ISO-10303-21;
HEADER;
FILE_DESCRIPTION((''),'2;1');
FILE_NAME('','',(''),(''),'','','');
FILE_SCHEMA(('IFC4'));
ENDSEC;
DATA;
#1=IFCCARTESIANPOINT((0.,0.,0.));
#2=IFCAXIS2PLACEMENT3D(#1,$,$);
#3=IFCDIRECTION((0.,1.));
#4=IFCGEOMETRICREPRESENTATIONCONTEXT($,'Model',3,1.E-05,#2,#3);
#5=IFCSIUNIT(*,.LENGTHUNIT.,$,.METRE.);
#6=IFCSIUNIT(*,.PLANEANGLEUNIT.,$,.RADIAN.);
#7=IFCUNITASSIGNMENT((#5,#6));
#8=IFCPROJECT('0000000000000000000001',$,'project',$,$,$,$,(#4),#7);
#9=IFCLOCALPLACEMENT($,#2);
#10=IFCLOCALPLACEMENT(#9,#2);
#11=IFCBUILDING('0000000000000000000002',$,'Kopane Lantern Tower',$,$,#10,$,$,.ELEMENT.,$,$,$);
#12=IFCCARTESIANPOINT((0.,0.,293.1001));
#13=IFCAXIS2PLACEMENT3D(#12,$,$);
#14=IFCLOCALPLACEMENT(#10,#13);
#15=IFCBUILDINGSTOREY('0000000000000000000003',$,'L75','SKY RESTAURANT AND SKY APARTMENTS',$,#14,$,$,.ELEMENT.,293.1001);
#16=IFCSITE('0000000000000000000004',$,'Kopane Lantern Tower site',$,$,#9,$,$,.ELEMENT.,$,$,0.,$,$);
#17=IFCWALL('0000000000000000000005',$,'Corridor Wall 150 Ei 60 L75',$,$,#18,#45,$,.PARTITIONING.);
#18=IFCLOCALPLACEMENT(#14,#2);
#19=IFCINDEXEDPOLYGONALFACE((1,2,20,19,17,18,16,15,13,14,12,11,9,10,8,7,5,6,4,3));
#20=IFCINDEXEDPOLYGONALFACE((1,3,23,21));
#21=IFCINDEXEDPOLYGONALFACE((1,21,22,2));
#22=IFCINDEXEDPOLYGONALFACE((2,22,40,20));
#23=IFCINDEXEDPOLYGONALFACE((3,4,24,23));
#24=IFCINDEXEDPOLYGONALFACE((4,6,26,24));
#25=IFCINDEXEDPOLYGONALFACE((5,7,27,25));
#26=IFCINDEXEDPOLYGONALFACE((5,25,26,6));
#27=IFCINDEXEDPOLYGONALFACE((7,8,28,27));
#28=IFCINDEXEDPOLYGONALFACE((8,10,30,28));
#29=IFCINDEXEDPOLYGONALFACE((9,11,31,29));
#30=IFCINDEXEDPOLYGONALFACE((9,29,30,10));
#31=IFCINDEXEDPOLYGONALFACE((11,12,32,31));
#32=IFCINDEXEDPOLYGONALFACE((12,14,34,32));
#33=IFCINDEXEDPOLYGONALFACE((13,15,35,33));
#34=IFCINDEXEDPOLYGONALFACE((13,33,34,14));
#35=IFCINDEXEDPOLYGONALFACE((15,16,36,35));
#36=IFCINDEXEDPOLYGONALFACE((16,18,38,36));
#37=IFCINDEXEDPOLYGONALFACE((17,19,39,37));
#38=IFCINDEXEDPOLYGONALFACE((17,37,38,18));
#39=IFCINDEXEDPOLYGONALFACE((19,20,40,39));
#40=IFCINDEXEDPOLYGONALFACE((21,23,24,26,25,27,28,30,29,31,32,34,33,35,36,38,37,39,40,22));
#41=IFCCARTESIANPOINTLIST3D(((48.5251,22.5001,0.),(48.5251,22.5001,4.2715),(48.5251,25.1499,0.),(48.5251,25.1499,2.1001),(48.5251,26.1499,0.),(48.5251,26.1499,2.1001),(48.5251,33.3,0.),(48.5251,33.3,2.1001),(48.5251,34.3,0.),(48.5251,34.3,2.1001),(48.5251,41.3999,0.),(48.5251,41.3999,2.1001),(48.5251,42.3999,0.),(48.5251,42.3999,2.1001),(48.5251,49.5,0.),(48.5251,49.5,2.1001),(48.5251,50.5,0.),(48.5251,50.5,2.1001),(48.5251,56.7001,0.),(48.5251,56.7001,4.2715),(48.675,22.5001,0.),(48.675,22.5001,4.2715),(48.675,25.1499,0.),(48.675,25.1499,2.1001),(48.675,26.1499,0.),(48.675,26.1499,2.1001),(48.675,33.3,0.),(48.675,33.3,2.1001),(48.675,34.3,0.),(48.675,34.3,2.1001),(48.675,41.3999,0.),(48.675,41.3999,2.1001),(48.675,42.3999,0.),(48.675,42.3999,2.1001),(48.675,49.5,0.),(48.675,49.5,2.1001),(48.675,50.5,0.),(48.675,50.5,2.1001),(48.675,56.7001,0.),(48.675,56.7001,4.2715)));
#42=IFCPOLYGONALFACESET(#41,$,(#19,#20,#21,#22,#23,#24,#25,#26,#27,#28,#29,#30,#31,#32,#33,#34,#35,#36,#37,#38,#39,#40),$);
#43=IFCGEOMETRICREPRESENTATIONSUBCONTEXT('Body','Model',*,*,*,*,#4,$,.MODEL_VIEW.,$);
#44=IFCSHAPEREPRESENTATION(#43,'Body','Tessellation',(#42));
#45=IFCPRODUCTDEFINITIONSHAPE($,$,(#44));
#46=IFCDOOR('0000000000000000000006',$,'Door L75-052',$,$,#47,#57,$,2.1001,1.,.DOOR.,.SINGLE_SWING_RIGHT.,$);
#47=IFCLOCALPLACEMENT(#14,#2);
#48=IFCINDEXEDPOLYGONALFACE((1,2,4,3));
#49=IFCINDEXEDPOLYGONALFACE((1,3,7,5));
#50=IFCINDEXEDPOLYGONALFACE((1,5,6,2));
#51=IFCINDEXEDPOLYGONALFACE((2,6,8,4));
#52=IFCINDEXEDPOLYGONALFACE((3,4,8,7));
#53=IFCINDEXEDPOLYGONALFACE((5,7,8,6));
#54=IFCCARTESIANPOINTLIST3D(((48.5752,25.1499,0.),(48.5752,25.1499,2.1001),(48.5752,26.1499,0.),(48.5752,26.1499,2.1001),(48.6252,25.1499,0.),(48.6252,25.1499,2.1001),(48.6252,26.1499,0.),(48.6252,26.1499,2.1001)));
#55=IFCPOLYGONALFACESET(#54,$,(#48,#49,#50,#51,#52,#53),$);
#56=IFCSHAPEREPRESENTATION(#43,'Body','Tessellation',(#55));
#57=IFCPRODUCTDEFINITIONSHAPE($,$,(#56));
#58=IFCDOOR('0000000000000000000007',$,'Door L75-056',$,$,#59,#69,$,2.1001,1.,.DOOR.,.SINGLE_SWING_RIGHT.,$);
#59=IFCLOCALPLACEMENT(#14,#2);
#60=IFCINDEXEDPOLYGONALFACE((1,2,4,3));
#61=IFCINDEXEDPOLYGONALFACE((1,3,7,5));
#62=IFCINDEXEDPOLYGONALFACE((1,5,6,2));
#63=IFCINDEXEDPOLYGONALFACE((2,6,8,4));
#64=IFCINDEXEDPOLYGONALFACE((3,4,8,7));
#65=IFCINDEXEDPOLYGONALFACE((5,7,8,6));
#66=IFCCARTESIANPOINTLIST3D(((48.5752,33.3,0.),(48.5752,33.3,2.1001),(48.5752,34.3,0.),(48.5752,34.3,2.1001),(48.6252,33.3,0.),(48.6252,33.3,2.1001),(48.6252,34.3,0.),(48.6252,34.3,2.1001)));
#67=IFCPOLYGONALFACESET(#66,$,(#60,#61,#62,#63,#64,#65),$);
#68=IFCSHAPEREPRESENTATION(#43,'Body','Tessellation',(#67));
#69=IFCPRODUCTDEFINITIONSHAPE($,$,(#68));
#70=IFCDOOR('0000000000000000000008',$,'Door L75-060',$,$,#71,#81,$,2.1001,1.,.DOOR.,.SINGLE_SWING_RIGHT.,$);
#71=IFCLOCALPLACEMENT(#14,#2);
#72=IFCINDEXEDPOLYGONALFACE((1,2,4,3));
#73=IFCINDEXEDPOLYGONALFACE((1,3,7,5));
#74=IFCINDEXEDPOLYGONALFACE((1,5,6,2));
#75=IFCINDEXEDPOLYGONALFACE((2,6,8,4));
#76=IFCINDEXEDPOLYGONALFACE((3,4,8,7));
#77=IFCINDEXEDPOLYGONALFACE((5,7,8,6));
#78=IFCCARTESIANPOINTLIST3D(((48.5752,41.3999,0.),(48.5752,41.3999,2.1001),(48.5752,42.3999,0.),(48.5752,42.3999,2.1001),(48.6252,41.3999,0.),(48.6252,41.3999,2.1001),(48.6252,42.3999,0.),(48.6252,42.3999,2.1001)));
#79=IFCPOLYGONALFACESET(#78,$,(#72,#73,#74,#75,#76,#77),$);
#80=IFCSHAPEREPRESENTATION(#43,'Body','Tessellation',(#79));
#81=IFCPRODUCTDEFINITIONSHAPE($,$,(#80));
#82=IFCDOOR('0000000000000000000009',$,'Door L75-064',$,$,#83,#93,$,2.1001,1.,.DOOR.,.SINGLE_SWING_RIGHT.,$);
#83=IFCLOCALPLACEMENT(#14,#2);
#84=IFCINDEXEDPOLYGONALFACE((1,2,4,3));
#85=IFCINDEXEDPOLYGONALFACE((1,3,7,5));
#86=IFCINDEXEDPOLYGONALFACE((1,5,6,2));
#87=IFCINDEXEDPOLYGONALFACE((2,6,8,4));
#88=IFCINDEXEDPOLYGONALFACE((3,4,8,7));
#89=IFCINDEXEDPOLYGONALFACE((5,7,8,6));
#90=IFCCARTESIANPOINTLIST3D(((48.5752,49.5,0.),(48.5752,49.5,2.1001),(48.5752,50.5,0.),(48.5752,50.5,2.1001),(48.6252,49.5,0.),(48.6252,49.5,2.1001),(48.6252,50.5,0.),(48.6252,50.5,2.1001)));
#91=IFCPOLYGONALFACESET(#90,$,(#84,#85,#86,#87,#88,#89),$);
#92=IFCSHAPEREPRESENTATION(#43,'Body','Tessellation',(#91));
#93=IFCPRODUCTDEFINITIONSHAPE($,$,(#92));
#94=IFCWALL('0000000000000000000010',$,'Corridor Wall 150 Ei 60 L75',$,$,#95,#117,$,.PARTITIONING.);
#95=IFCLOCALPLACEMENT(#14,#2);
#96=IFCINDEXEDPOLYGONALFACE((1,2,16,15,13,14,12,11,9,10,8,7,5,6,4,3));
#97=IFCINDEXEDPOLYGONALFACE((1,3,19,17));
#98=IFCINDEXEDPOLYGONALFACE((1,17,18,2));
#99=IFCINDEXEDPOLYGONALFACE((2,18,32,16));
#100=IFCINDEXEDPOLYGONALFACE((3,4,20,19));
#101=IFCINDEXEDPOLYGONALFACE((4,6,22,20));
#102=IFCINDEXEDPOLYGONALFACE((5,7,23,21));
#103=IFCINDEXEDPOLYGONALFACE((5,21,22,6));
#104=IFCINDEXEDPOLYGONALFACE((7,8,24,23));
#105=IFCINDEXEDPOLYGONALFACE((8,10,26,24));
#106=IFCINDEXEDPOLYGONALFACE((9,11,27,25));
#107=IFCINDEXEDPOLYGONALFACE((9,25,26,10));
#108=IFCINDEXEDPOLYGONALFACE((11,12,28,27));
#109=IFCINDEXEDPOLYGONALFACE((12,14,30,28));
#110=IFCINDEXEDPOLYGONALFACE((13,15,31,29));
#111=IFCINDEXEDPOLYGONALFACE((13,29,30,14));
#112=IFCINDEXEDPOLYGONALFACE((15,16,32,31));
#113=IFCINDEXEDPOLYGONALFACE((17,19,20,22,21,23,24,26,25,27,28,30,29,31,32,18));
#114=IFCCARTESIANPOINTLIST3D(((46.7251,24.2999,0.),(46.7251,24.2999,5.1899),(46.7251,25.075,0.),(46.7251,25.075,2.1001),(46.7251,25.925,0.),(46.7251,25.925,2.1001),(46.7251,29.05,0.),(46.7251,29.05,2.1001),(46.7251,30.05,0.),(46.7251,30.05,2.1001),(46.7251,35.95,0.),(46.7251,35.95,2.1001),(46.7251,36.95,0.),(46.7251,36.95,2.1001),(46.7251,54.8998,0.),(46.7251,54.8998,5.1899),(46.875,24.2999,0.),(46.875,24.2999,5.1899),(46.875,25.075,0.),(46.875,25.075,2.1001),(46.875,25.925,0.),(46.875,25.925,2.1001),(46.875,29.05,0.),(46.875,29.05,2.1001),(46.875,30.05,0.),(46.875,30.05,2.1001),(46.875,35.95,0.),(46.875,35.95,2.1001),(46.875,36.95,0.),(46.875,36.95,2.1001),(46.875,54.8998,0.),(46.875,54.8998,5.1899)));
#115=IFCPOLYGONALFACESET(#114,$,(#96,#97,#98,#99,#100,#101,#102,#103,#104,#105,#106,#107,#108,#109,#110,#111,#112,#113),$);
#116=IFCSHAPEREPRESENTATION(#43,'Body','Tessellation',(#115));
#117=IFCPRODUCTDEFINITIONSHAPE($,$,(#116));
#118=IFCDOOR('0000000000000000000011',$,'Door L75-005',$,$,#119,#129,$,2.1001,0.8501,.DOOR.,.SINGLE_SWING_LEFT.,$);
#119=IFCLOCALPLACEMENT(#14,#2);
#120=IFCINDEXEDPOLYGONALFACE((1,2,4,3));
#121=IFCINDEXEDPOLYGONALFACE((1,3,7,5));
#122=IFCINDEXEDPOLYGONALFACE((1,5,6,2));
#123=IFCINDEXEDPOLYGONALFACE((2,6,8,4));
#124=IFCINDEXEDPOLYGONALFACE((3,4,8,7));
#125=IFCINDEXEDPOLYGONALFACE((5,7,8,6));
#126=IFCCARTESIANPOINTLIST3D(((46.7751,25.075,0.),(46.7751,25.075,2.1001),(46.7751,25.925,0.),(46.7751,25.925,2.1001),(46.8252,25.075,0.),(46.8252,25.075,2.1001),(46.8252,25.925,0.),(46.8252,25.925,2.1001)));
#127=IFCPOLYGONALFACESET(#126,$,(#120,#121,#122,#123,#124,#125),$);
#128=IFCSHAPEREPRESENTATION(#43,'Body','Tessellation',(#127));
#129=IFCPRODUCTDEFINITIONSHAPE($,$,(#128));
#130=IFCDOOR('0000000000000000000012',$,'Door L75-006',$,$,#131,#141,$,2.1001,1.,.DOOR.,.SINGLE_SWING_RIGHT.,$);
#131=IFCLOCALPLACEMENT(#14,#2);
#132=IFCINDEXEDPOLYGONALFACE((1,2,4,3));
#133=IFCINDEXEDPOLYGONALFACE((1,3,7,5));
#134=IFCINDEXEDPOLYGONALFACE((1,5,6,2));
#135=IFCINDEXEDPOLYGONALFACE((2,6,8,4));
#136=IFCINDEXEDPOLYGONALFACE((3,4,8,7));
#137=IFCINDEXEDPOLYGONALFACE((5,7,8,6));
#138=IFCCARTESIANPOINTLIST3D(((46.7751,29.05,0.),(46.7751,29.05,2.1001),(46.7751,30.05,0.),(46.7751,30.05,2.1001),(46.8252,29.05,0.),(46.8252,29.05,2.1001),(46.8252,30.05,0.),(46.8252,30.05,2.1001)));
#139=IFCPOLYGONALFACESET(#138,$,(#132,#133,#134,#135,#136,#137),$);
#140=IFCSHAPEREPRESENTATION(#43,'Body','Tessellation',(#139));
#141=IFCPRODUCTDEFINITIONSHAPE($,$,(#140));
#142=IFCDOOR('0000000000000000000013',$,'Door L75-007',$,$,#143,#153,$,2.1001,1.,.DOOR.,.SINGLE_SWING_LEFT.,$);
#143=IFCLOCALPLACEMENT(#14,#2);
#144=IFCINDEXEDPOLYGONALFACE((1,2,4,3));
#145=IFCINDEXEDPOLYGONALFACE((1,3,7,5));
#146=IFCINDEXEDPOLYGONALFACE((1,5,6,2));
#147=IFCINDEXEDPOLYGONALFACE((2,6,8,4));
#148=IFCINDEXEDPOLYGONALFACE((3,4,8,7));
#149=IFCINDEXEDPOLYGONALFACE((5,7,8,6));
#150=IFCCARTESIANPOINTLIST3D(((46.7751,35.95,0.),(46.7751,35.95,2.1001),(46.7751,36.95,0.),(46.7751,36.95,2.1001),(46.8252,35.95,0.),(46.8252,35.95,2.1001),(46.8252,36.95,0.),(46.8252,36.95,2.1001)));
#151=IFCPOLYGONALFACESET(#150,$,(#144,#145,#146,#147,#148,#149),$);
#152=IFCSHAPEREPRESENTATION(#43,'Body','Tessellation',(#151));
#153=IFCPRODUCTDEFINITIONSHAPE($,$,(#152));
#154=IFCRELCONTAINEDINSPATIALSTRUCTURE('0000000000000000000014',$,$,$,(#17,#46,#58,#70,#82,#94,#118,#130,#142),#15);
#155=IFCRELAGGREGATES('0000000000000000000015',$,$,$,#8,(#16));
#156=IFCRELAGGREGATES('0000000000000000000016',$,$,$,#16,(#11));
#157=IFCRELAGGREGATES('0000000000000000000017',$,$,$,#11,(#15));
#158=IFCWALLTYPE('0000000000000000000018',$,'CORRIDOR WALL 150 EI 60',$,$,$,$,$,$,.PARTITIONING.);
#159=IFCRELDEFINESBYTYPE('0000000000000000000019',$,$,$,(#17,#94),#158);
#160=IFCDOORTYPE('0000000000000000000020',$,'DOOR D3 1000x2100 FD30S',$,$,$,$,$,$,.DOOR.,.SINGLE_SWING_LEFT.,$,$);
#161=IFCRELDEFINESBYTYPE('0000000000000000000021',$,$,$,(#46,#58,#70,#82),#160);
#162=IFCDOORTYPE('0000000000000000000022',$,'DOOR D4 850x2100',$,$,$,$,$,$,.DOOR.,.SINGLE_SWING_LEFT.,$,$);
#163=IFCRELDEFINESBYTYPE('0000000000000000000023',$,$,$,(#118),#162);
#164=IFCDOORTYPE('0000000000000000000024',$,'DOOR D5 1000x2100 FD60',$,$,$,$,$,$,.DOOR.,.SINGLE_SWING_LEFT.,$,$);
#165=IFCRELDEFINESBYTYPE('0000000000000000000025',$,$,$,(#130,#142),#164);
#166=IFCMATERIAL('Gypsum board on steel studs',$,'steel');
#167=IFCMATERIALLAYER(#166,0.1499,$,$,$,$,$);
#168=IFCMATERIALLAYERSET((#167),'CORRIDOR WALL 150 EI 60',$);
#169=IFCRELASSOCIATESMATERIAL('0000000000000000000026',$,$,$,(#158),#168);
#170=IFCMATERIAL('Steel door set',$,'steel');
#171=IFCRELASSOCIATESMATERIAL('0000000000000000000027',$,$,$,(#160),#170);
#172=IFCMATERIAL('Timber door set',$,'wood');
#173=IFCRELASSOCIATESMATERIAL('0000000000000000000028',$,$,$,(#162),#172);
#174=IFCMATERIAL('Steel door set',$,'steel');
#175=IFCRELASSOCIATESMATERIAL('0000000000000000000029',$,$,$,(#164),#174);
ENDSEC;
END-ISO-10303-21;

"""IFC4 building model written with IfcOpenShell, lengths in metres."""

from ifc_helpers import new_model, si_unit, direction, frame, frame_2d, origin, place, context, subcontext, project, spatial, rectangle, extrude, material, layer, layer_set, type_object, element, fill, save


model = new_model("IFC4")

# Units and contexts
model_context = context("Model", 3, precision=1e-05, world=origin(), true_north=direction((0.0, 1.0)))
body_context = subcontext(model_context, "Body", "Model", "MODEL_VIEW")
ifc_project = project(units=[si_unit("LENGTHUNIT", "METRE"), si_unit("PLANEANGLEUNIT", "RADIAN")], contexts=[model_context])

# Site, building, storey
site_placement = place(None, origin())
site = spatial("IfcSite", under=ifc_project, at=site_placement, Name="Kopane Lantern Tower site", CompositionType="ELEMENT", RefElevation=0.0)
building_placement = place(site_placement, origin())
building = spatial("IfcBuilding", under=site, at=building_placement, Name="Kopane Lantern Tower", CompositionType="ELEMENT")
storey_placement = place(building_placement, frame((0.0, 0.0, 293.1001)))
storey = spatial("IfcBuildingStorey", under=building, at=storey_placement, Name="L75", Description="SKY RESTAURANT AND SKY APARTMENTS", CompositionType="ELEMENT", Elevation=293.1001)

# Walls, openings, doors
ifc_material_1 = material(Name="Gypsum board on steel studs", Category="steel")
ifc_layer_1 = layer(ifc_material_1, 0.1499)
ifc_layer_set_1 = layer_set([ifc_layer_1], Name="CORRIDOR WALL 150 EI 60")
wall_type_1 = type_object("IfcWallType", Name="CORRIDOR WALL 150 EI 60", PredefinedType="PARTITIONING", material=ifc_layer_set_1)
wall_1_placement = place(storey_placement, frame((48.6001, 22.5, 0.0), z_axis=(0.0, 0.0, 1.0), x_axis=(0.0, 1.0, 0.0)))
wall_1 = element("IfcWall", 1, at=wall_1_placement, inside=storey, type_object=wall_type_1, Name="Corridor Wall 150 Ei 60 L75", PredefinedType="PARTITIONING", context=body_context, shape_type="SweptSolid", body=[
    extrude(rectangle(XDim=34.2, YDim=0.1499, at=frame_2d((17.1001, 0.0))), origin(), (0.0, 0.0, 1.0), 4.2715),
])
opening_1_placement = place(wall_1_placement, frame((2.6499, 0.0, 0.0)))
opening_1 = element("IfcOpeningElement", 2, at=opening_1_placement, cuts=wall_1, PredefinedType="OPENING", context=body_context, shape_type="SweptSolid", body=[
    extrude(rectangle(XDim=1.0, YDim=2.1001, at=frame_2d((0.5, 1.05))), frame((0.0, 0.085, 0.0), z_axis=(0.0, -1.0, 0.0), x_axis=(1.0, 0.0, 0.0)), (0.0, 0.0, 1.0), 0.1699),
])
opening_2_placement = place(wall_1_placement, frame((10.8, 0.0, 0.0)))
opening_2 = element("IfcOpeningElement", 3, at=opening_2_placement, cuts=wall_1, PredefinedType="OPENING", context=body_context, shape_type="SweptSolid", body=[
    extrude(rectangle(XDim=1.0, YDim=2.1001, at=frame_2d((0.5, 1.05))), frame((0.0, 0.085, 0.0), z_axis=(0.0, -1.0, 0.0), x_axis=(1.0, 0.0, 0.0)), (0.0, 0.0, 1.0), 0.1699),
])
opening_3_placement = place(wall_1_placement, frame((18.8999, 0.0, 0.0)))
opening_3 = element("IfcOpeningElement", 4, at=opening_3_placement, cuts=wall_1, PredefinedType="OPENING", context=body_context, shape_type="SweptSolid", body=[
    extrude(rectangle(XDim=1.0, YDim=2.1001, at=frame_2d((0.5, 1.05))), frame((0.0, 0.085, 0.0), z_axis=(0.0, -1.0, 0.0), x_axis=(1.0, 0.0, 0.0)), (0.0, 0.0, 1.0), 0.1699),
])
opening_4_placement = place(wall_1_placement, frame((27.0, 0.0, 0.0)))
opening_4 = element("IfcOpeningElement", 5, at=opening_4_placement, cuts=wall_1, PredefinedType="OPENING", context=body_context, shape_type="SweptSolid", body=[
    extrude(rectangle(XDim=1.0, YDim=2.1001, at=frame_2d((0.5, 1.05))), frame((0.0, 0.085, 0.0), z_axis=(0.0, -1.0, 0.0), x_axis=(1.0, 0.0, 0.0)), (0.0, 0.0, 1.0), 0.1699),
])
ifc_material_2 = material(Name="Steel door set", Category="steel")
door_type_1 = type_object("IfcDoorType", Name="DOOR D3 1000x2100 FD30S", OperationType="SINGLE_SWING_LEFT", PredefinedType="DOOR", material=ifc_material_2)
door_1_placement = place(opening_1_placement, origin())
door_1 = element("IfcDoor", 6, at=door_1_placement, inside=storey, type_object=door_type_1, Name="Door L75-052", OperationType="SINGLE_SWING_RIGHT", OverallHeight=2.1001, OverallWidth=1.0, PredefinedType="DOOR", context=body_context, shape_type="SweptSolid", body=[
    extrude(rectangle(XDim=1.0, YDim=2.1001, at=frame_2d((0.5, 1.05))), frame((0.0, 0.0249, 0.0), z_axis=(0.0, -1.0, 0.0), x_axis=(1.0, 0.0, 0.0)), (0.0, 0.0, 1.0), 0.05),
])
fill(opening_1, door_1)
door_2_placement = place(opening_2_placement, origin())
door_2 = element("IfcDoor", 7, at=door_2_placement, inside=storey, type_object=door_type_1, Name="Door L75-056", OperationType="SINGLE_SWING_RIGHT", OverallHeight=2.1001, OverallWidth=1.0, PredefinedType="DOOR", context=body_context, shape_type="SweptSolid", body=[
    extrude(rectangle(XDim=1.0, YDim=2.1001, at=frame_2d((0.5, 1.05))), frame((0.0, 0.0249, 0.0), z_axis=(0.0, -1.0, 0.0), x_axis=(1.0, 0.0, 0.0)), (0.0, 0.0, 1.0), 0.05),
])
fill(opening_2, door_2)
door_3_placement = place(opening_3_placement, origin())
door_3 = element("IfcDoor", 8, at=door_3_placement, inside=storey, type_object=door_type_1, Name="Door L75-060", OperationType="SINGLE_SWING_RIGHT", OverallHeight=2.1001, OverallWidth=1.0, PredefinedType="DOOR", context=body_context, shape_type="SweptSolid", body=[
    extrude(rectangle(XDim=1.0, YDim=2.1001, at=frame_2d((0.5, 1.05))), frame((0.0, 0.0249, 0.0), z_axis=(0.0, -1.0, 0.0), x_axis=(1.0, 0.0, 0.0)), (0.0, 0.0, 1.0), 0.05),
])
fill(opening_3, door_3)
door_4_placement = place(opening_4_placement, origin())
door_4 = element("IfcDoor", 9, at=door_4_placement, inside=storey, type_object=door_type_1, Name="Door L75-064", OperationType="SINGLE_SWING_RIGHT", OverallHeight=2.1001, OverallWidth=1.0, PredefinedType="DOOR", context=body_context, shape_type="SweptSolid", body=[
    extrude(rectangle(XDim=1.0, YDim=2.1001, at=frame_2d((0.5, 1.05))), frame((0.0, 0.0249, 0.0), z_axis=(0.0, -1.0, 0.0), x_axis=(1.0, 0.0, 0.0)), (0.0, 0.0, 1.0), 0.05),
])
fill(opening_4, door_4)
wall_2_placement = place(storey_placement, frame((46.8, 24.3, 0.0), z_axis=(0.0, 0.0, 1.0), x_axis=(0.0, 1.0, 0.0)))
wall_2 = element("IfcWall", 10, at=wall_2_placement, inside=storey, type_object=wall_type_1, Name="Corridor Wall 150 Ei 60 L75", PredefinedType="PARTITIONING", context=body_context, shape_type="SweptSolid", body=[
    extrude(rectangle(XDim=30.5999, YDim=0.1499, at=frame_2d((15.2998, 0.0))), origin(), (0.0, 0.0, 1.0), 5.1899),
])
opening_5_placement = place(wall_2_placement, frame((0.7749, 0.0, 0.0)))
opening_5 = element("IfcOpeningElement", 11, at=opening_5_placement, cuts=wall_2, PredefinedType="OPENING", context=body_context, shape_type="SweptSolid", body=[
    extrude(rectangle(XDim=0.8501, YDim=2.1001, at=frame_2d((0.425, 1.05))), frame((0.0, 0.085, 0.0), z_axis=(0.0, -1.0, 0.0), x_axis=(1.0, 0.0, 0.0)), (0.0, 0.0, 1.0), 0.1699),
])
opening_6_placement = place(wall_2_placement, frame((4.75, 0.0, 0.0)))
opening_6 = element("IfcOpeningElement", 12, at=opening_6_placement, cuts=wall_2, PredefinedType="OPENING", context=body_context, shape_type="SweptSolid", body=[
    extrude(rectangle(XDim=1.0, YDim=2.1001, at=frame_2d((0.5, 1.05))), frame((0.0, 0.085, 0.0), z_axis=(0.0, -1.0, 0.0), x_axis=(1.0, 0.0, 0.0)), (0.0, 0.0, 1.0), 0.1699),
])
opening_7_placement = place(wall_2_placement, frame((11.6499, 0.0, 0.0)))
opening_7 = element("IfcOpeningElement", 13, at=opening_7_placement, cuts=wall_2, PredefinedType="OPENING", context=body_context, shape_type="SweptSolid", body=[
    extrude(rectangle(XDim=1.0, YDim=2.1001, at=frame_2d((0.5, 1.05))), frame((0.0, 0.085, 0.0), z_axis=(0.0, -1.0, 0.0), x_axis=(1.0, 0.0, 0.0)), (0.0, 0.0, 1.0), 0.1699),
])
ifc_material_3 = material(Name="Timber door set", Category="wood")
door_type_2 = type_object("IfcDoorType", Name="DOOR D4 850x2100", OperationType="SINGLE_SWING_LEFT", PredefinedType="DOOR", material=ifc_material_3)
door_5_placement = place(opening_5_placement, origin())
door_5 = element("IfcDoor", 14, at=door_5_placement, inside=storey, type_object=door_type_2, Name="Door L75-005", OperationType="SINGLE_SWING_LEFT", OverallHeight=2.1001, OverallWidth=0.8501, PredefinedType="DOOR", context=body_context, shape_type="SweptSolid", body=[
    extrude(rectangle(XDim=0.8501, YDim=2.1001, at=frame_2d((0.425, 1.05))), frame((0.0, 0.0249, 0.0), z_axis=(0.0, -1.0, 0.0), x_axis=(1.0, 0.0, 0.0)), (0.0, 0.0, 1.0), 0.05),
])
fill(opening_5, door_5)
ifc_material_4 = material(Name="Steel door set", Category="steel")
door_type_3 = type_object("IfcDoorType", Name="DOOR D5 1000x2100 FD60", OperationType="SINGLE_SWING_LEFT", PredefinedType="DOOR", material=ifc_material_4)
door_6_placement = place(opening_6_placement, origin())
door_6 = element("IfcDoor", 15, at=door_6_placement, inside=storey, type_object=door_type_3, Name="Door L75-006", OperationType="SINGLE_SWING_RIGHT", OverallHeight=2.1001, OverallWidth=1.0, PredefinedType="DOOR", context=body_context, shape_type="SweptSolid", body=[
    extrude(rectangle(XDim=1.0, YDim=2.1001, at=frame_2d((0.5, 1.05))), frame((0.0, 0.0249, 0.0), z_axis=(0.0, -1.0, 0.0), x_axis=(1.0, 0.0, 0.0)), (0.0, 0.0, 1.0), 0.05),
])
fill(opening_6, door_6)
door_7_placement = place(opening_7_placement, origin())
door_7 = element("IfcDoor", 16, at=door_7_placement, inside=storey, type_object=door_type_3, Name="Door L75-007", OperationType="SINGLE_SWING_LEFT", OverallHeight=2.1001, OverallWidth=1.0, PredefinedType="DOOR", context=body_context, shape_type="SweptSolid", body=[
    extrude(rectangle(XDim=1.0, YDim=2.1001, at=frame_2d((0.5, 1.05))), frame((0.0, 0.0249, 0.0), z_axis=(0.0, -1.0, 0.0), x_axis=(1.0, 0.0, 0.0)), (0.0, 0.0, 1.0), 0.05),
])
fill(opening_7, door_7)

save(model, "model.ifc")
